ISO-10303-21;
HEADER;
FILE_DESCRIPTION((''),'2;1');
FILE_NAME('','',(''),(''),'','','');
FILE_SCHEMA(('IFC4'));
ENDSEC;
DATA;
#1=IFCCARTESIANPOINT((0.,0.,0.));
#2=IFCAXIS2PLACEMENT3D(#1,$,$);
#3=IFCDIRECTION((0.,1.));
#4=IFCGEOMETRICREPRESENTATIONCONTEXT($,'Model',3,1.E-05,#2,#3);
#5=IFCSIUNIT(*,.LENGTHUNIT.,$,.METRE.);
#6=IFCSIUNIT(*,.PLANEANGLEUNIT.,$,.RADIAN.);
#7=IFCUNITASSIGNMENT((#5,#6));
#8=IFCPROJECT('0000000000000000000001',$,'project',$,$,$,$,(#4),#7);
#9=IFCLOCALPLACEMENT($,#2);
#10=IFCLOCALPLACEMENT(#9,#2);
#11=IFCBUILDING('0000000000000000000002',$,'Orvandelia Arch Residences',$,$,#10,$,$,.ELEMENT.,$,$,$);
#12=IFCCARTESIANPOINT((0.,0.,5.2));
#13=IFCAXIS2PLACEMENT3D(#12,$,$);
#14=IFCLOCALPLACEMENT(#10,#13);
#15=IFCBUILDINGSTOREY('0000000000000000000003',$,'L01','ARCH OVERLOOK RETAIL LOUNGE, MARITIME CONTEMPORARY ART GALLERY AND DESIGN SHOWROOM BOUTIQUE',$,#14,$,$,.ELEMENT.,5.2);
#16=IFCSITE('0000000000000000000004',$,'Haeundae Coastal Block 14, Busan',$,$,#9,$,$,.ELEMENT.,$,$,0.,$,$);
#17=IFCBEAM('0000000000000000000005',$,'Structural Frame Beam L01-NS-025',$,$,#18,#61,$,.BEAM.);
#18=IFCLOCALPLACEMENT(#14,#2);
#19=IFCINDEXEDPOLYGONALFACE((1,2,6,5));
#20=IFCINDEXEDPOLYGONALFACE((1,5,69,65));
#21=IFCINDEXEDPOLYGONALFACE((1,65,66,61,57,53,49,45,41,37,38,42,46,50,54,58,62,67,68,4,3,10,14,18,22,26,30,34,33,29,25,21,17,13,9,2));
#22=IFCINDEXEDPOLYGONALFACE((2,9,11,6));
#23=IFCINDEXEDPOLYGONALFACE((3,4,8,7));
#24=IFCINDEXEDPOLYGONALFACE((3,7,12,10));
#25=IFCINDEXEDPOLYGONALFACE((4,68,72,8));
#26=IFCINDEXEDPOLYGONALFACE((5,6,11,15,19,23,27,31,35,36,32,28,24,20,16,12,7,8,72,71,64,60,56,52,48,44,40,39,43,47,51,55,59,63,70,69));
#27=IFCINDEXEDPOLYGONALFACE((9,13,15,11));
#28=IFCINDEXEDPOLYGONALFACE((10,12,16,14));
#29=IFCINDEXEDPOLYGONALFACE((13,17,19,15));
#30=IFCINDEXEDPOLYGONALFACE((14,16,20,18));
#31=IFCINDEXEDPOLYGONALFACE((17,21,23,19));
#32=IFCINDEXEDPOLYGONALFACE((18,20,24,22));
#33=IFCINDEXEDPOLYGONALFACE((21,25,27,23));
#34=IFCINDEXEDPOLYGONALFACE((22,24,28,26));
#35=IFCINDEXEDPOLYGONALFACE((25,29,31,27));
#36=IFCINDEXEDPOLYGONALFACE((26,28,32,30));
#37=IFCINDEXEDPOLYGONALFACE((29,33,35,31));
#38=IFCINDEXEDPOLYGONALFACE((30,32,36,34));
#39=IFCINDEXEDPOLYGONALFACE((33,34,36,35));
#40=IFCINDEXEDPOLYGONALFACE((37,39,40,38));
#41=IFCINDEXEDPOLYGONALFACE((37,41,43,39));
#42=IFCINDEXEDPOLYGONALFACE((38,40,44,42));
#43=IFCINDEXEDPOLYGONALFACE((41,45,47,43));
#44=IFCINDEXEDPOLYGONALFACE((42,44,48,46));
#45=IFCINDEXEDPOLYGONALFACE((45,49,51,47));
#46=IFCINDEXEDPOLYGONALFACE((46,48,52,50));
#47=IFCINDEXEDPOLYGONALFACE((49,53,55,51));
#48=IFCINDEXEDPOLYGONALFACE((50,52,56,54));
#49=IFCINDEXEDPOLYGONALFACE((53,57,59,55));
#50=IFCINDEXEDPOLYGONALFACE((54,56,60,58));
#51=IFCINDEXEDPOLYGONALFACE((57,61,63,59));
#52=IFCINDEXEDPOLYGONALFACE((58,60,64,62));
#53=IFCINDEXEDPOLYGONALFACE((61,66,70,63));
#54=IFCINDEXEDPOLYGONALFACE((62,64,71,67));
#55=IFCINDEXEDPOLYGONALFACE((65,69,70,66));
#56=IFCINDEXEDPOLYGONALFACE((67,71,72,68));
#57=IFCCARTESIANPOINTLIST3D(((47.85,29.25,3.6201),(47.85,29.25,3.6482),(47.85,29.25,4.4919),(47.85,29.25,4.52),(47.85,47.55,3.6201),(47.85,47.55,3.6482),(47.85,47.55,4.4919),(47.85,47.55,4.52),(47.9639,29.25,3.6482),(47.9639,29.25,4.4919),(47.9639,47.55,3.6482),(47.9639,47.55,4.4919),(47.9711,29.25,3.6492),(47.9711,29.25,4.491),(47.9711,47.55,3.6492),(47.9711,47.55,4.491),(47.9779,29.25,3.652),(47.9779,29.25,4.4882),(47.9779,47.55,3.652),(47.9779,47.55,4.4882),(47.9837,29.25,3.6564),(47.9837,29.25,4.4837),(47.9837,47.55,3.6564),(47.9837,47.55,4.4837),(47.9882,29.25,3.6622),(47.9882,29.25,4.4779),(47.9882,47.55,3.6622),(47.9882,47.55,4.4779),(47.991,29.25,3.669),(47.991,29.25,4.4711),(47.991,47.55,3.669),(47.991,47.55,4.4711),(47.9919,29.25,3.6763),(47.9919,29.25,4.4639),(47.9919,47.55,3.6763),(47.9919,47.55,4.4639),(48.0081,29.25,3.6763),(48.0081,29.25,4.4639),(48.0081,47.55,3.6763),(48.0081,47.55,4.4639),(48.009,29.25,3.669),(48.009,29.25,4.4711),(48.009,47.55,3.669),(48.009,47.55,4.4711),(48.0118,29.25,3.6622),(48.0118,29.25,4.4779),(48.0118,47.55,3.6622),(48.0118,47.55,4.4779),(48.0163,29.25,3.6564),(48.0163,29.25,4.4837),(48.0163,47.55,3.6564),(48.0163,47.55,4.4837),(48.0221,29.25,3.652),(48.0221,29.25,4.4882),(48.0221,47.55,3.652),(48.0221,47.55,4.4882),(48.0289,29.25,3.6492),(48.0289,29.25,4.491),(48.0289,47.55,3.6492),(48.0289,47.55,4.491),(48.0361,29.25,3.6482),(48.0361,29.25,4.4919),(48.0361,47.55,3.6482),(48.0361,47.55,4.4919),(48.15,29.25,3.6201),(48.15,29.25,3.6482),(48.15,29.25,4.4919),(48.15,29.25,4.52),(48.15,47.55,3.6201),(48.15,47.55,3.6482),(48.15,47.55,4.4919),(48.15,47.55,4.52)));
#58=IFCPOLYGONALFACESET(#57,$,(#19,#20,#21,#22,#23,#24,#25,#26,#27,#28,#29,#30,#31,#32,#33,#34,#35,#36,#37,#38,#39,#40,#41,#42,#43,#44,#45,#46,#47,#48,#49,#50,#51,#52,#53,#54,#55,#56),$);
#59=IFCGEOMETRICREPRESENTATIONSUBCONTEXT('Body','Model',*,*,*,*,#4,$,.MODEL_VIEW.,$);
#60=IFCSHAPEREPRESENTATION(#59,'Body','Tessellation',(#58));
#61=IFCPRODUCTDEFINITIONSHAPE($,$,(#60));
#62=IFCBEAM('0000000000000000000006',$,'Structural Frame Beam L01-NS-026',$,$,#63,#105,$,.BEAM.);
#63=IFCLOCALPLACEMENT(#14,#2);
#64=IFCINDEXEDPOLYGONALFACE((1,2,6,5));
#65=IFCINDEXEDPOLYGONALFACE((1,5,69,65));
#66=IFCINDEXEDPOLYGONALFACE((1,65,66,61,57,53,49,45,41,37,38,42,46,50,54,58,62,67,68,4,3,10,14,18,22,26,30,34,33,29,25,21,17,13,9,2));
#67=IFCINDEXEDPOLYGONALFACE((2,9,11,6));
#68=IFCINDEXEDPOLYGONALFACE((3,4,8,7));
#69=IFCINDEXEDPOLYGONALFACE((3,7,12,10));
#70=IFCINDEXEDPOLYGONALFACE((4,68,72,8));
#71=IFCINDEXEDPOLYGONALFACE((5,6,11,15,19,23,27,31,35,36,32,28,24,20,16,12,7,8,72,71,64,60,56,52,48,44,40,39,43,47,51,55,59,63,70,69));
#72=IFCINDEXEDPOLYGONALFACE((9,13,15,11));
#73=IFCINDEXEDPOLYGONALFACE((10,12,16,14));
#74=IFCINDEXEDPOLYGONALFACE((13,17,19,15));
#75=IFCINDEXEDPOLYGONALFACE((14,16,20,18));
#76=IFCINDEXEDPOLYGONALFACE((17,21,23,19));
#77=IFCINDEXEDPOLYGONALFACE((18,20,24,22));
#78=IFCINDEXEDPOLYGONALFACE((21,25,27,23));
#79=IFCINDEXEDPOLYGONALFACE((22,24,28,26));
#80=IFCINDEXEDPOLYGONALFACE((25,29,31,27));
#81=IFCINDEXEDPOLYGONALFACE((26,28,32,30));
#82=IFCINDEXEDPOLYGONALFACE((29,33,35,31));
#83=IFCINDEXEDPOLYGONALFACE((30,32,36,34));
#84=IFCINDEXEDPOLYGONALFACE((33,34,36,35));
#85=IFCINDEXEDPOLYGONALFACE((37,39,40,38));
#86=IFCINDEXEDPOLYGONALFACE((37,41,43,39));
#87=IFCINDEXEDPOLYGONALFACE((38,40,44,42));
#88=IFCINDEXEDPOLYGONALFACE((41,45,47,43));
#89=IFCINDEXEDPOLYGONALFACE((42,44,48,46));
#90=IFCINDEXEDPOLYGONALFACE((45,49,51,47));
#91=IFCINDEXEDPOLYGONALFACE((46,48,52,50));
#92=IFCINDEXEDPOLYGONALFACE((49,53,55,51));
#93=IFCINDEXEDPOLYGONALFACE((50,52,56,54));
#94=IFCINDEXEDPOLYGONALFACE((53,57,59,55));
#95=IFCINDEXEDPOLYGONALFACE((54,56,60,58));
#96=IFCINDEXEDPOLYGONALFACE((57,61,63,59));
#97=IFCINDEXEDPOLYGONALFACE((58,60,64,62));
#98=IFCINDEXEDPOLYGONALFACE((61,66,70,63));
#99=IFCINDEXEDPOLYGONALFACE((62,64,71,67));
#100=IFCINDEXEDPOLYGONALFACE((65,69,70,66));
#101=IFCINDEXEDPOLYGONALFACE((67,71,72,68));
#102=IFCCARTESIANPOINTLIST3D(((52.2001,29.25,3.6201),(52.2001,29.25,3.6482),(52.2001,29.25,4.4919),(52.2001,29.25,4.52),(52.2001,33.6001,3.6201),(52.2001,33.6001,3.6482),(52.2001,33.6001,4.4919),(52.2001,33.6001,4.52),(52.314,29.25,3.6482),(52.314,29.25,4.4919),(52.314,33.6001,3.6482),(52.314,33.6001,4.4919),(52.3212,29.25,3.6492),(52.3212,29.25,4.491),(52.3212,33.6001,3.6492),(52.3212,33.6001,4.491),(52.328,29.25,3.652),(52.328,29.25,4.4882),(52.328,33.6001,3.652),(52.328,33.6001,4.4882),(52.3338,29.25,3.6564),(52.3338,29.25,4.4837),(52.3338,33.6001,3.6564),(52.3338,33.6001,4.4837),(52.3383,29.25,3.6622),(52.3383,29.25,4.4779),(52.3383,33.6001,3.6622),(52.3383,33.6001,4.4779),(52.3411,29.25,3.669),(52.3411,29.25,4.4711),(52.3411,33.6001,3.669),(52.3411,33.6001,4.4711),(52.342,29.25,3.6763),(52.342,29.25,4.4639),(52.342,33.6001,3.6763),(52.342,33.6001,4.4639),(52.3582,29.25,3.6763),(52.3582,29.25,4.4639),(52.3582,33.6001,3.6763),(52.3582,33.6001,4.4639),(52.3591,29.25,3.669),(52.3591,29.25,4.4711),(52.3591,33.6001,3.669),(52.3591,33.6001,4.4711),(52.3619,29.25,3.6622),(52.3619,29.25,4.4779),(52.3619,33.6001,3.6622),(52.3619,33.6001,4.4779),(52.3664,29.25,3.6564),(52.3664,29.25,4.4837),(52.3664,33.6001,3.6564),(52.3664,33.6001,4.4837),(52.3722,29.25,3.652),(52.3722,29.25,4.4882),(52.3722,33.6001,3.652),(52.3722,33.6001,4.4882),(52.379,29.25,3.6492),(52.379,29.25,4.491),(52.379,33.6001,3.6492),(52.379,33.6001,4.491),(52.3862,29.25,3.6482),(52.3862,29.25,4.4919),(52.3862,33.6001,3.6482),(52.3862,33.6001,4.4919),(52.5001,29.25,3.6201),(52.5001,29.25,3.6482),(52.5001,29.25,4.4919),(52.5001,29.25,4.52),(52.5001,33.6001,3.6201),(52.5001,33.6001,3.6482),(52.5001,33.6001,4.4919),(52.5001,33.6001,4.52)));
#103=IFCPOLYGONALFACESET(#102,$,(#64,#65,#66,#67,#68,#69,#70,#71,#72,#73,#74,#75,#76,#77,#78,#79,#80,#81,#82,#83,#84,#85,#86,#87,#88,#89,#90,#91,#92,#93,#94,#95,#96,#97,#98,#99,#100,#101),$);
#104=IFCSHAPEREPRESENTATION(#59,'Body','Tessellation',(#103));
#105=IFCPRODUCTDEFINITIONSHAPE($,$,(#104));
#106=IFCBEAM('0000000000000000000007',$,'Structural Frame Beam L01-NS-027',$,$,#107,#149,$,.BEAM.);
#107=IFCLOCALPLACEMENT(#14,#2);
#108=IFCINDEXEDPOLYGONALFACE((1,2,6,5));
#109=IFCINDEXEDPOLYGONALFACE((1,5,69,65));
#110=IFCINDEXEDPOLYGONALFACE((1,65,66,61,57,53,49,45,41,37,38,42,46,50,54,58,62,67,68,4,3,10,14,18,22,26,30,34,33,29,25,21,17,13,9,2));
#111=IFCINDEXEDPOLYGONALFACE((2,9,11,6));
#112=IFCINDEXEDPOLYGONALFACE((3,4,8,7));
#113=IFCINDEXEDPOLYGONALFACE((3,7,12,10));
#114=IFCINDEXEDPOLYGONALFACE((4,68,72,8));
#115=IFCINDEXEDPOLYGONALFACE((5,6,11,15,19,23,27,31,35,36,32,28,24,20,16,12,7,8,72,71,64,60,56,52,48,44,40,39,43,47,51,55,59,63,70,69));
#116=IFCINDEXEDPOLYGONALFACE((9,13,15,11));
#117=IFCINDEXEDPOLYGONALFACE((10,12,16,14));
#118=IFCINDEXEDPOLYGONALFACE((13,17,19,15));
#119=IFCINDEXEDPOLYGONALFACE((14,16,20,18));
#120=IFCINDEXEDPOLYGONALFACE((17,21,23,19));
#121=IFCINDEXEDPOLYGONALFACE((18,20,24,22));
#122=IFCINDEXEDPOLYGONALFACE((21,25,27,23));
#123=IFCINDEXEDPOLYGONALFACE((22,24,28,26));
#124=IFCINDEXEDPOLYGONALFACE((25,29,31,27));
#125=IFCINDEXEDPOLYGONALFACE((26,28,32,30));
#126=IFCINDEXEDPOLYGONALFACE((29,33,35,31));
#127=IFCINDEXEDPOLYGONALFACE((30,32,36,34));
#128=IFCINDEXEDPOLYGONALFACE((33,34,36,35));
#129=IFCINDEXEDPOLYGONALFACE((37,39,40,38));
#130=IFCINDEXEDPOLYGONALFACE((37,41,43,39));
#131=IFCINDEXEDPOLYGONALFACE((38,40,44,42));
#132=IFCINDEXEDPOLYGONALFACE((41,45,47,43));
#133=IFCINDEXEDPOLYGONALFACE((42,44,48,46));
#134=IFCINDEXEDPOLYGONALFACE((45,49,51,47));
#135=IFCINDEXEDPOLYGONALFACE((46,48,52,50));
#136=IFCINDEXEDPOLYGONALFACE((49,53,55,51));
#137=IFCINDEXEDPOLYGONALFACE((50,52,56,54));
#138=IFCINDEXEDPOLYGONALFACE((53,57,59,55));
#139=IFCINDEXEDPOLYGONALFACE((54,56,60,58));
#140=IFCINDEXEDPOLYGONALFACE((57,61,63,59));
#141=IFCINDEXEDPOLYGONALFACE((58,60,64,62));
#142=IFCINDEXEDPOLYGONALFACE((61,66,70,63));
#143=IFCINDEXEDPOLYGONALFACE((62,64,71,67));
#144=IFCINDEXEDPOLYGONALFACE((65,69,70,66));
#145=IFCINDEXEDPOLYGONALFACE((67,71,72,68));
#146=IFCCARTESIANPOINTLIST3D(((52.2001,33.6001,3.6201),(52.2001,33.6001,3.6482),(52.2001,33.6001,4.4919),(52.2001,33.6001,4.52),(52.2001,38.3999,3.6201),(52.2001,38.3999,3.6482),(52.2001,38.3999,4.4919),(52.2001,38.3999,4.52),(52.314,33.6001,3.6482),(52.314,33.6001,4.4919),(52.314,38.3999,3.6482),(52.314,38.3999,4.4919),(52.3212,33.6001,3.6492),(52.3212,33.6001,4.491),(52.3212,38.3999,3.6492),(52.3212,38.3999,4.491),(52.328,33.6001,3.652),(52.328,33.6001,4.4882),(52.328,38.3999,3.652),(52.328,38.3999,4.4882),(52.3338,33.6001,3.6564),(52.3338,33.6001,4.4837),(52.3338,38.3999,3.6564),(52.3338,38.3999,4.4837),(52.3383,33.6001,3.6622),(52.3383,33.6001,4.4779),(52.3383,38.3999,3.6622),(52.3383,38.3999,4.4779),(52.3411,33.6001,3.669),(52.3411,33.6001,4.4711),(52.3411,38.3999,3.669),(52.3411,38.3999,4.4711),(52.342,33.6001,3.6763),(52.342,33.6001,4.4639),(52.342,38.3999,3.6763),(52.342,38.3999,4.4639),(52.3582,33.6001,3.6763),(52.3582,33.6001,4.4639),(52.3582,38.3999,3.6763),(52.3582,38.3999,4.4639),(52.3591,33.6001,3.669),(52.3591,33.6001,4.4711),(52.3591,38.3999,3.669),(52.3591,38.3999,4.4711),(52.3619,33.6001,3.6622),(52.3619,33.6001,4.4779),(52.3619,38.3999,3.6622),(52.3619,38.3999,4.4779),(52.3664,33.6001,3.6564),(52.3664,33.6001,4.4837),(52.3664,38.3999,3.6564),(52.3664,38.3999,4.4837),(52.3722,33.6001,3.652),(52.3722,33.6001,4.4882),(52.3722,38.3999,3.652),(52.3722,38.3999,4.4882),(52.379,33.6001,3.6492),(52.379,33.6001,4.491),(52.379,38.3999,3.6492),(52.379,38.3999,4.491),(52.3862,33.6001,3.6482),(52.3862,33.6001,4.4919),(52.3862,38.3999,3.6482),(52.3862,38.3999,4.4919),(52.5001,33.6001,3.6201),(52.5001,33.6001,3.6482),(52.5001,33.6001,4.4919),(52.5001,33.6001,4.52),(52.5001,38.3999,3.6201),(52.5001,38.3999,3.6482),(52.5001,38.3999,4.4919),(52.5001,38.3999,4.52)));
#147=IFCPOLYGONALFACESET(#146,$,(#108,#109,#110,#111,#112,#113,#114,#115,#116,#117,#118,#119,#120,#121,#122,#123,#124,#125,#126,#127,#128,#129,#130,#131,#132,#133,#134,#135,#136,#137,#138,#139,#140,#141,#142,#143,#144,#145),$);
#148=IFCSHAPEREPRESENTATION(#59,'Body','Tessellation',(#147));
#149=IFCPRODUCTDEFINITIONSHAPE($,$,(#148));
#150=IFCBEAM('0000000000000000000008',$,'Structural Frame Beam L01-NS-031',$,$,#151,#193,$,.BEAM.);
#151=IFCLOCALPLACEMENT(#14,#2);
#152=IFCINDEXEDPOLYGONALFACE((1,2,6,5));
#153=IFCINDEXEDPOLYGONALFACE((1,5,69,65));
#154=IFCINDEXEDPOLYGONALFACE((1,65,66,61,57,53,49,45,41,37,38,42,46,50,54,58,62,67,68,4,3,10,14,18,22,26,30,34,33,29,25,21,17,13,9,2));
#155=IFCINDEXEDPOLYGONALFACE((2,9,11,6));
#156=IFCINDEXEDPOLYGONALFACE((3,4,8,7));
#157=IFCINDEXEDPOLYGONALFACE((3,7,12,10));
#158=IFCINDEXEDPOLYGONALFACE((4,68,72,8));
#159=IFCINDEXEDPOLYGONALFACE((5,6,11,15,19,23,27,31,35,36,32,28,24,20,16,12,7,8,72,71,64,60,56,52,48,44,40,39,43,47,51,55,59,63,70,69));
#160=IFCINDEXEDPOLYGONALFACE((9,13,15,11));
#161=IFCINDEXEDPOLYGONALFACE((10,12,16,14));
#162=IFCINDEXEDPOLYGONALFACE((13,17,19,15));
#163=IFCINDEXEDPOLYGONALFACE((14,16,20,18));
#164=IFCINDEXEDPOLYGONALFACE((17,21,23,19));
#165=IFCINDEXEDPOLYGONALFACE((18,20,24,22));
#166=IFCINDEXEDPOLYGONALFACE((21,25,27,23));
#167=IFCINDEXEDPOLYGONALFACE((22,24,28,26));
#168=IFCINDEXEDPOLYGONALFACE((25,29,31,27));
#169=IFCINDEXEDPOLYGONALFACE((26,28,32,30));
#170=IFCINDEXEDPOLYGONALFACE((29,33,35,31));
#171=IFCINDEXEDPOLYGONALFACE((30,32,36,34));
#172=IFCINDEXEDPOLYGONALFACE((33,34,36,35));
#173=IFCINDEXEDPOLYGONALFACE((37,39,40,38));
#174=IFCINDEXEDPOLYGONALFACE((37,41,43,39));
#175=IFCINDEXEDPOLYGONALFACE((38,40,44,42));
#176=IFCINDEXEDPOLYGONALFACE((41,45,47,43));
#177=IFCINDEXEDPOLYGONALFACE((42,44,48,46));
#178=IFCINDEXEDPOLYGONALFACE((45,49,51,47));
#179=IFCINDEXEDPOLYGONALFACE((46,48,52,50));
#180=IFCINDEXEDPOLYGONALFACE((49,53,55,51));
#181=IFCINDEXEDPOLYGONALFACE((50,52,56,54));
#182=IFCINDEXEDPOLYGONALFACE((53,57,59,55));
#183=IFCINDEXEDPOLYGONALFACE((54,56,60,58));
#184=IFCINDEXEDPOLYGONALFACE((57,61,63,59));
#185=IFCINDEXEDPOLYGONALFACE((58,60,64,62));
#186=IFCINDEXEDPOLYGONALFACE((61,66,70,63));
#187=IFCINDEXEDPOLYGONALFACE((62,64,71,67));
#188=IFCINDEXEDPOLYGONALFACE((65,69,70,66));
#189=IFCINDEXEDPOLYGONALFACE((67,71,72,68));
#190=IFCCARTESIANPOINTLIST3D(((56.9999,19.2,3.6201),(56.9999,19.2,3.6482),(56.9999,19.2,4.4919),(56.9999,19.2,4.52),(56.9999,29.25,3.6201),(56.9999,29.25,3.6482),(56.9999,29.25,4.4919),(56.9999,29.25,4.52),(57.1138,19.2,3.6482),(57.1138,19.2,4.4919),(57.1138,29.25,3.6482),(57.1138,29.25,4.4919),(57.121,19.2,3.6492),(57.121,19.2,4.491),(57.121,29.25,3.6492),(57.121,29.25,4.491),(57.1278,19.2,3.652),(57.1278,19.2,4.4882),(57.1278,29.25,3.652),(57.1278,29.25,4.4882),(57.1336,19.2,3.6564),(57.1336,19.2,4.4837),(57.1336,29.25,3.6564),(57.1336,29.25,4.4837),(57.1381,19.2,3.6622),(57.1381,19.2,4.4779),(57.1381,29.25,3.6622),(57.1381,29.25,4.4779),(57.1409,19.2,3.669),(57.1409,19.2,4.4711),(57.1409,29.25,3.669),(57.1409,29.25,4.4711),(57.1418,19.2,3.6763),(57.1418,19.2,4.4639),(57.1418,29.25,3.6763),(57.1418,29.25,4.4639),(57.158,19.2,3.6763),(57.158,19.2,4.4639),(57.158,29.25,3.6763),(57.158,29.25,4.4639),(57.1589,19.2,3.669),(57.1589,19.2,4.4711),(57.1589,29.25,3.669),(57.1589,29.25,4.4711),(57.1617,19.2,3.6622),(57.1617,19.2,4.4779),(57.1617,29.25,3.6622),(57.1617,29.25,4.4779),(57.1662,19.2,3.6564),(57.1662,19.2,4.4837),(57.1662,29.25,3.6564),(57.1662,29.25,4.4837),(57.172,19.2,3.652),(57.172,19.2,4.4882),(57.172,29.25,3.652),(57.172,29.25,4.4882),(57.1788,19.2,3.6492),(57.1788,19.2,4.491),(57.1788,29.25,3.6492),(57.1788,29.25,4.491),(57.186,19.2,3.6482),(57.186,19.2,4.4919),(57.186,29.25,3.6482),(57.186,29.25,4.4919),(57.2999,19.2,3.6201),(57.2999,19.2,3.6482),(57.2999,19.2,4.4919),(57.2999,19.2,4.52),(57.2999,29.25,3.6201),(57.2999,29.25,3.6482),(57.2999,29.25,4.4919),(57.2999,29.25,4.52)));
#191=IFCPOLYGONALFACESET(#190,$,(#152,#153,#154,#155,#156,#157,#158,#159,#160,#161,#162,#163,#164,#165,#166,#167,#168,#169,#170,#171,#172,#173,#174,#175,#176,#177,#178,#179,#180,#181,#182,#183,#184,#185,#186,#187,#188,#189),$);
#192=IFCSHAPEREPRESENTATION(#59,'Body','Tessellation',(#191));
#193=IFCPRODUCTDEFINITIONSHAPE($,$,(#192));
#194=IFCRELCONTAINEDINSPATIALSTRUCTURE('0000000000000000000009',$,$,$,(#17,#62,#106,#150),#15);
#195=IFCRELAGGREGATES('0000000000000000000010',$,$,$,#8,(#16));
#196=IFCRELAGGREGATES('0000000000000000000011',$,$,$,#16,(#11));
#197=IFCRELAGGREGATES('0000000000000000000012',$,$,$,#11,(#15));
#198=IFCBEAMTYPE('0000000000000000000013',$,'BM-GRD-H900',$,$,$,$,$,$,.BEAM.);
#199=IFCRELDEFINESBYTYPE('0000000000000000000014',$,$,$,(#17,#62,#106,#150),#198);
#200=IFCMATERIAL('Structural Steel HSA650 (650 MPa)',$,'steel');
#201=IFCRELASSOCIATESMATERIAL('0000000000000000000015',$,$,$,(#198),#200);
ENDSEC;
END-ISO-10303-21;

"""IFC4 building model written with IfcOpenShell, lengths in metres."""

from ifc_helpers import new_model, si_unit, direction, frame, origin, origin_2d, place, context, subcontext, project, spatial, i_section, extrude, material, material_profile, profile_set, type_object, element, save


model = new_model("IFC4")

# Units and contexts
model_context = context("Model", 3, precision=1e-05, world=origin(), true_north=direction((0.0, 1.0)))
body_context = subcontext(model_context, "Body", "Model", "MODEL_VIEW")
ifc_project = project(units=[si_unit("LENGTHUNIT", "METRE"), si_unit("PLANEANGLEUNIT", "RADIAN")], contexts=[model_context])

# Site, building, storey
site_placement = place(None, origin())
site = spatial("IfcSite", under=ifc_project, at=site_placement, Name="Haeundae Coastal Block 14, Busan", CompositionType="ELEMENT", RefElevation=0.0)
building_placement = place(site_placement, origin())
building = spatial("IfcBuilding", under=site, at=building_placement, Name="Orvandelia Arch Residences", CompositionType="ELEMENT")
storey_placement = place(building_placement, frame((0.0, 0.0, 5.2)))
storey = spatial("IfcBuildingStorey", under=building, at=storey_placement, Name="L01", Description="ARCH OVERLOOK RETAIL LOUNGE, MARITIME CONTEMPORARY ART GALLERY AND DESIGN SHOWROOM BOUTIQUE", CompositionType="ELEMENT", Elevation=5.2)

# Beams
ifc_material_1 = material(Name="Structural Steel HSA650 (650 MPa)", Category="steel")
ifc_material_profile_1 = material_profile(ifc_material_1, i_section(OverallWidth=0.3, OverallDepth=0.8999, WebThickness=0.0161, FlangeThickness=0.0281, FilletRadius=0.0281, at=origin_2d()), Name="Structural Steel HSA650 (650 MPa)", Category="steel")
ifc_profile_set_1 = profile_set([ifc_material_profile_1], Name="Structural Steel HSA650 (650 MPa)")
beam_type = type_object("IfcBeamType", Name="BM-GRD-H900", PredefinedType="BEAM", material=ifc_profile_set_1)
beam_1_placement = place(storey_placement, frame((48.0, 29.25, 4.0701), z_axis=(0.0, 1.0, 0.0), x_axis=(-1.0, 0.0, 0.0)))
element("IfcBeam", 1, at=beam_1_placement, inside=storey, type_object=beam_type, Name="Structural Frame Beam L01-NS-025", PredefinedType="BEAM", context=body_context, shape_type="SweptSolid", body=[
    extrude(i_section(OverallWidth=0.3, OverallDepth=0.8999, WebThickness=0.0161, FlangeThickness=0.0281, FilletRadius=0.0281, at=origin_2d()), origin(), (0.0, 0.0, 1.0), 18.3),
])
beam_2_placement = place(storey_placement, frame((52.3501, 29.25, 4.0701), z_axis=(0.0, 1.0, 0.0), x_axis=(-1.0, 0.0, 0.0)))
element("IfcBeam", 2, at=beam_2_placement, inside=storey, type_object=beam_type, Name="Structural Frame Beam L01-NS-026", PredefinedType="BEAM", context=body_context, shape_type="SweptSolid", body=[
    extrude(i_section(OverallWidth=0.3, OverallDepth=0.8999, WebThickness=0.0161, FlangeThickness=0.0281, FilletRadius=0.0281, at=origin_2d()), origin(), (0.0, 0.0, 1.0), 4.3501),
])
beam_3_placement = place(storey_placement, frame((52.3501, 33.6001, 4.0701), z_axis=(0.0, 1.0, 0.0), x_axis=(-1.0, 0.0, 0.0)))
element("IfcBeam", 3, at=beam_3_placement, inside=storey, type_object=beam_type, Name="Structural Frame Beam L01-NS-027", PredefinedType="BEAM", context=body_context, shape_type="SweptSolid", body=[
    extrude(i_section(OverallWidth=0.3, OverallDepth=0.8999, WebThickness=0.0161, FlangeThickness=0.0281, FilletRadius=0.0281, at=origin_2d()), origin(), (0.0, 0.0, 1.0), 4.7998),
])
beam_4_placement = place(storey_placement, frame((57.1499, 19.2, 4.0701), z_axis=(0.0, 1.0, 0.0), x_axis=(-1.0, 0.0, 0.0)))
element("IfcBeam", 4, at=beam_4_placement, inside=storey, type_object=beam_type, Name="Structural Frame Beam L01-NS-031", PredefinedType="BEAM", context=body_context, shape_type="SweptSolid", body=[
    extrude(i_section(OverallWidth=0.3, OverallDepth=0.8999, WebThickness=0.0161, FlangeThickness=0.0281, FilletRadius=0.0281, at=origin_2d()), origin(), (0.0, 0.0, 1.0), 10.05),
])

save(model, "model.ifc")
